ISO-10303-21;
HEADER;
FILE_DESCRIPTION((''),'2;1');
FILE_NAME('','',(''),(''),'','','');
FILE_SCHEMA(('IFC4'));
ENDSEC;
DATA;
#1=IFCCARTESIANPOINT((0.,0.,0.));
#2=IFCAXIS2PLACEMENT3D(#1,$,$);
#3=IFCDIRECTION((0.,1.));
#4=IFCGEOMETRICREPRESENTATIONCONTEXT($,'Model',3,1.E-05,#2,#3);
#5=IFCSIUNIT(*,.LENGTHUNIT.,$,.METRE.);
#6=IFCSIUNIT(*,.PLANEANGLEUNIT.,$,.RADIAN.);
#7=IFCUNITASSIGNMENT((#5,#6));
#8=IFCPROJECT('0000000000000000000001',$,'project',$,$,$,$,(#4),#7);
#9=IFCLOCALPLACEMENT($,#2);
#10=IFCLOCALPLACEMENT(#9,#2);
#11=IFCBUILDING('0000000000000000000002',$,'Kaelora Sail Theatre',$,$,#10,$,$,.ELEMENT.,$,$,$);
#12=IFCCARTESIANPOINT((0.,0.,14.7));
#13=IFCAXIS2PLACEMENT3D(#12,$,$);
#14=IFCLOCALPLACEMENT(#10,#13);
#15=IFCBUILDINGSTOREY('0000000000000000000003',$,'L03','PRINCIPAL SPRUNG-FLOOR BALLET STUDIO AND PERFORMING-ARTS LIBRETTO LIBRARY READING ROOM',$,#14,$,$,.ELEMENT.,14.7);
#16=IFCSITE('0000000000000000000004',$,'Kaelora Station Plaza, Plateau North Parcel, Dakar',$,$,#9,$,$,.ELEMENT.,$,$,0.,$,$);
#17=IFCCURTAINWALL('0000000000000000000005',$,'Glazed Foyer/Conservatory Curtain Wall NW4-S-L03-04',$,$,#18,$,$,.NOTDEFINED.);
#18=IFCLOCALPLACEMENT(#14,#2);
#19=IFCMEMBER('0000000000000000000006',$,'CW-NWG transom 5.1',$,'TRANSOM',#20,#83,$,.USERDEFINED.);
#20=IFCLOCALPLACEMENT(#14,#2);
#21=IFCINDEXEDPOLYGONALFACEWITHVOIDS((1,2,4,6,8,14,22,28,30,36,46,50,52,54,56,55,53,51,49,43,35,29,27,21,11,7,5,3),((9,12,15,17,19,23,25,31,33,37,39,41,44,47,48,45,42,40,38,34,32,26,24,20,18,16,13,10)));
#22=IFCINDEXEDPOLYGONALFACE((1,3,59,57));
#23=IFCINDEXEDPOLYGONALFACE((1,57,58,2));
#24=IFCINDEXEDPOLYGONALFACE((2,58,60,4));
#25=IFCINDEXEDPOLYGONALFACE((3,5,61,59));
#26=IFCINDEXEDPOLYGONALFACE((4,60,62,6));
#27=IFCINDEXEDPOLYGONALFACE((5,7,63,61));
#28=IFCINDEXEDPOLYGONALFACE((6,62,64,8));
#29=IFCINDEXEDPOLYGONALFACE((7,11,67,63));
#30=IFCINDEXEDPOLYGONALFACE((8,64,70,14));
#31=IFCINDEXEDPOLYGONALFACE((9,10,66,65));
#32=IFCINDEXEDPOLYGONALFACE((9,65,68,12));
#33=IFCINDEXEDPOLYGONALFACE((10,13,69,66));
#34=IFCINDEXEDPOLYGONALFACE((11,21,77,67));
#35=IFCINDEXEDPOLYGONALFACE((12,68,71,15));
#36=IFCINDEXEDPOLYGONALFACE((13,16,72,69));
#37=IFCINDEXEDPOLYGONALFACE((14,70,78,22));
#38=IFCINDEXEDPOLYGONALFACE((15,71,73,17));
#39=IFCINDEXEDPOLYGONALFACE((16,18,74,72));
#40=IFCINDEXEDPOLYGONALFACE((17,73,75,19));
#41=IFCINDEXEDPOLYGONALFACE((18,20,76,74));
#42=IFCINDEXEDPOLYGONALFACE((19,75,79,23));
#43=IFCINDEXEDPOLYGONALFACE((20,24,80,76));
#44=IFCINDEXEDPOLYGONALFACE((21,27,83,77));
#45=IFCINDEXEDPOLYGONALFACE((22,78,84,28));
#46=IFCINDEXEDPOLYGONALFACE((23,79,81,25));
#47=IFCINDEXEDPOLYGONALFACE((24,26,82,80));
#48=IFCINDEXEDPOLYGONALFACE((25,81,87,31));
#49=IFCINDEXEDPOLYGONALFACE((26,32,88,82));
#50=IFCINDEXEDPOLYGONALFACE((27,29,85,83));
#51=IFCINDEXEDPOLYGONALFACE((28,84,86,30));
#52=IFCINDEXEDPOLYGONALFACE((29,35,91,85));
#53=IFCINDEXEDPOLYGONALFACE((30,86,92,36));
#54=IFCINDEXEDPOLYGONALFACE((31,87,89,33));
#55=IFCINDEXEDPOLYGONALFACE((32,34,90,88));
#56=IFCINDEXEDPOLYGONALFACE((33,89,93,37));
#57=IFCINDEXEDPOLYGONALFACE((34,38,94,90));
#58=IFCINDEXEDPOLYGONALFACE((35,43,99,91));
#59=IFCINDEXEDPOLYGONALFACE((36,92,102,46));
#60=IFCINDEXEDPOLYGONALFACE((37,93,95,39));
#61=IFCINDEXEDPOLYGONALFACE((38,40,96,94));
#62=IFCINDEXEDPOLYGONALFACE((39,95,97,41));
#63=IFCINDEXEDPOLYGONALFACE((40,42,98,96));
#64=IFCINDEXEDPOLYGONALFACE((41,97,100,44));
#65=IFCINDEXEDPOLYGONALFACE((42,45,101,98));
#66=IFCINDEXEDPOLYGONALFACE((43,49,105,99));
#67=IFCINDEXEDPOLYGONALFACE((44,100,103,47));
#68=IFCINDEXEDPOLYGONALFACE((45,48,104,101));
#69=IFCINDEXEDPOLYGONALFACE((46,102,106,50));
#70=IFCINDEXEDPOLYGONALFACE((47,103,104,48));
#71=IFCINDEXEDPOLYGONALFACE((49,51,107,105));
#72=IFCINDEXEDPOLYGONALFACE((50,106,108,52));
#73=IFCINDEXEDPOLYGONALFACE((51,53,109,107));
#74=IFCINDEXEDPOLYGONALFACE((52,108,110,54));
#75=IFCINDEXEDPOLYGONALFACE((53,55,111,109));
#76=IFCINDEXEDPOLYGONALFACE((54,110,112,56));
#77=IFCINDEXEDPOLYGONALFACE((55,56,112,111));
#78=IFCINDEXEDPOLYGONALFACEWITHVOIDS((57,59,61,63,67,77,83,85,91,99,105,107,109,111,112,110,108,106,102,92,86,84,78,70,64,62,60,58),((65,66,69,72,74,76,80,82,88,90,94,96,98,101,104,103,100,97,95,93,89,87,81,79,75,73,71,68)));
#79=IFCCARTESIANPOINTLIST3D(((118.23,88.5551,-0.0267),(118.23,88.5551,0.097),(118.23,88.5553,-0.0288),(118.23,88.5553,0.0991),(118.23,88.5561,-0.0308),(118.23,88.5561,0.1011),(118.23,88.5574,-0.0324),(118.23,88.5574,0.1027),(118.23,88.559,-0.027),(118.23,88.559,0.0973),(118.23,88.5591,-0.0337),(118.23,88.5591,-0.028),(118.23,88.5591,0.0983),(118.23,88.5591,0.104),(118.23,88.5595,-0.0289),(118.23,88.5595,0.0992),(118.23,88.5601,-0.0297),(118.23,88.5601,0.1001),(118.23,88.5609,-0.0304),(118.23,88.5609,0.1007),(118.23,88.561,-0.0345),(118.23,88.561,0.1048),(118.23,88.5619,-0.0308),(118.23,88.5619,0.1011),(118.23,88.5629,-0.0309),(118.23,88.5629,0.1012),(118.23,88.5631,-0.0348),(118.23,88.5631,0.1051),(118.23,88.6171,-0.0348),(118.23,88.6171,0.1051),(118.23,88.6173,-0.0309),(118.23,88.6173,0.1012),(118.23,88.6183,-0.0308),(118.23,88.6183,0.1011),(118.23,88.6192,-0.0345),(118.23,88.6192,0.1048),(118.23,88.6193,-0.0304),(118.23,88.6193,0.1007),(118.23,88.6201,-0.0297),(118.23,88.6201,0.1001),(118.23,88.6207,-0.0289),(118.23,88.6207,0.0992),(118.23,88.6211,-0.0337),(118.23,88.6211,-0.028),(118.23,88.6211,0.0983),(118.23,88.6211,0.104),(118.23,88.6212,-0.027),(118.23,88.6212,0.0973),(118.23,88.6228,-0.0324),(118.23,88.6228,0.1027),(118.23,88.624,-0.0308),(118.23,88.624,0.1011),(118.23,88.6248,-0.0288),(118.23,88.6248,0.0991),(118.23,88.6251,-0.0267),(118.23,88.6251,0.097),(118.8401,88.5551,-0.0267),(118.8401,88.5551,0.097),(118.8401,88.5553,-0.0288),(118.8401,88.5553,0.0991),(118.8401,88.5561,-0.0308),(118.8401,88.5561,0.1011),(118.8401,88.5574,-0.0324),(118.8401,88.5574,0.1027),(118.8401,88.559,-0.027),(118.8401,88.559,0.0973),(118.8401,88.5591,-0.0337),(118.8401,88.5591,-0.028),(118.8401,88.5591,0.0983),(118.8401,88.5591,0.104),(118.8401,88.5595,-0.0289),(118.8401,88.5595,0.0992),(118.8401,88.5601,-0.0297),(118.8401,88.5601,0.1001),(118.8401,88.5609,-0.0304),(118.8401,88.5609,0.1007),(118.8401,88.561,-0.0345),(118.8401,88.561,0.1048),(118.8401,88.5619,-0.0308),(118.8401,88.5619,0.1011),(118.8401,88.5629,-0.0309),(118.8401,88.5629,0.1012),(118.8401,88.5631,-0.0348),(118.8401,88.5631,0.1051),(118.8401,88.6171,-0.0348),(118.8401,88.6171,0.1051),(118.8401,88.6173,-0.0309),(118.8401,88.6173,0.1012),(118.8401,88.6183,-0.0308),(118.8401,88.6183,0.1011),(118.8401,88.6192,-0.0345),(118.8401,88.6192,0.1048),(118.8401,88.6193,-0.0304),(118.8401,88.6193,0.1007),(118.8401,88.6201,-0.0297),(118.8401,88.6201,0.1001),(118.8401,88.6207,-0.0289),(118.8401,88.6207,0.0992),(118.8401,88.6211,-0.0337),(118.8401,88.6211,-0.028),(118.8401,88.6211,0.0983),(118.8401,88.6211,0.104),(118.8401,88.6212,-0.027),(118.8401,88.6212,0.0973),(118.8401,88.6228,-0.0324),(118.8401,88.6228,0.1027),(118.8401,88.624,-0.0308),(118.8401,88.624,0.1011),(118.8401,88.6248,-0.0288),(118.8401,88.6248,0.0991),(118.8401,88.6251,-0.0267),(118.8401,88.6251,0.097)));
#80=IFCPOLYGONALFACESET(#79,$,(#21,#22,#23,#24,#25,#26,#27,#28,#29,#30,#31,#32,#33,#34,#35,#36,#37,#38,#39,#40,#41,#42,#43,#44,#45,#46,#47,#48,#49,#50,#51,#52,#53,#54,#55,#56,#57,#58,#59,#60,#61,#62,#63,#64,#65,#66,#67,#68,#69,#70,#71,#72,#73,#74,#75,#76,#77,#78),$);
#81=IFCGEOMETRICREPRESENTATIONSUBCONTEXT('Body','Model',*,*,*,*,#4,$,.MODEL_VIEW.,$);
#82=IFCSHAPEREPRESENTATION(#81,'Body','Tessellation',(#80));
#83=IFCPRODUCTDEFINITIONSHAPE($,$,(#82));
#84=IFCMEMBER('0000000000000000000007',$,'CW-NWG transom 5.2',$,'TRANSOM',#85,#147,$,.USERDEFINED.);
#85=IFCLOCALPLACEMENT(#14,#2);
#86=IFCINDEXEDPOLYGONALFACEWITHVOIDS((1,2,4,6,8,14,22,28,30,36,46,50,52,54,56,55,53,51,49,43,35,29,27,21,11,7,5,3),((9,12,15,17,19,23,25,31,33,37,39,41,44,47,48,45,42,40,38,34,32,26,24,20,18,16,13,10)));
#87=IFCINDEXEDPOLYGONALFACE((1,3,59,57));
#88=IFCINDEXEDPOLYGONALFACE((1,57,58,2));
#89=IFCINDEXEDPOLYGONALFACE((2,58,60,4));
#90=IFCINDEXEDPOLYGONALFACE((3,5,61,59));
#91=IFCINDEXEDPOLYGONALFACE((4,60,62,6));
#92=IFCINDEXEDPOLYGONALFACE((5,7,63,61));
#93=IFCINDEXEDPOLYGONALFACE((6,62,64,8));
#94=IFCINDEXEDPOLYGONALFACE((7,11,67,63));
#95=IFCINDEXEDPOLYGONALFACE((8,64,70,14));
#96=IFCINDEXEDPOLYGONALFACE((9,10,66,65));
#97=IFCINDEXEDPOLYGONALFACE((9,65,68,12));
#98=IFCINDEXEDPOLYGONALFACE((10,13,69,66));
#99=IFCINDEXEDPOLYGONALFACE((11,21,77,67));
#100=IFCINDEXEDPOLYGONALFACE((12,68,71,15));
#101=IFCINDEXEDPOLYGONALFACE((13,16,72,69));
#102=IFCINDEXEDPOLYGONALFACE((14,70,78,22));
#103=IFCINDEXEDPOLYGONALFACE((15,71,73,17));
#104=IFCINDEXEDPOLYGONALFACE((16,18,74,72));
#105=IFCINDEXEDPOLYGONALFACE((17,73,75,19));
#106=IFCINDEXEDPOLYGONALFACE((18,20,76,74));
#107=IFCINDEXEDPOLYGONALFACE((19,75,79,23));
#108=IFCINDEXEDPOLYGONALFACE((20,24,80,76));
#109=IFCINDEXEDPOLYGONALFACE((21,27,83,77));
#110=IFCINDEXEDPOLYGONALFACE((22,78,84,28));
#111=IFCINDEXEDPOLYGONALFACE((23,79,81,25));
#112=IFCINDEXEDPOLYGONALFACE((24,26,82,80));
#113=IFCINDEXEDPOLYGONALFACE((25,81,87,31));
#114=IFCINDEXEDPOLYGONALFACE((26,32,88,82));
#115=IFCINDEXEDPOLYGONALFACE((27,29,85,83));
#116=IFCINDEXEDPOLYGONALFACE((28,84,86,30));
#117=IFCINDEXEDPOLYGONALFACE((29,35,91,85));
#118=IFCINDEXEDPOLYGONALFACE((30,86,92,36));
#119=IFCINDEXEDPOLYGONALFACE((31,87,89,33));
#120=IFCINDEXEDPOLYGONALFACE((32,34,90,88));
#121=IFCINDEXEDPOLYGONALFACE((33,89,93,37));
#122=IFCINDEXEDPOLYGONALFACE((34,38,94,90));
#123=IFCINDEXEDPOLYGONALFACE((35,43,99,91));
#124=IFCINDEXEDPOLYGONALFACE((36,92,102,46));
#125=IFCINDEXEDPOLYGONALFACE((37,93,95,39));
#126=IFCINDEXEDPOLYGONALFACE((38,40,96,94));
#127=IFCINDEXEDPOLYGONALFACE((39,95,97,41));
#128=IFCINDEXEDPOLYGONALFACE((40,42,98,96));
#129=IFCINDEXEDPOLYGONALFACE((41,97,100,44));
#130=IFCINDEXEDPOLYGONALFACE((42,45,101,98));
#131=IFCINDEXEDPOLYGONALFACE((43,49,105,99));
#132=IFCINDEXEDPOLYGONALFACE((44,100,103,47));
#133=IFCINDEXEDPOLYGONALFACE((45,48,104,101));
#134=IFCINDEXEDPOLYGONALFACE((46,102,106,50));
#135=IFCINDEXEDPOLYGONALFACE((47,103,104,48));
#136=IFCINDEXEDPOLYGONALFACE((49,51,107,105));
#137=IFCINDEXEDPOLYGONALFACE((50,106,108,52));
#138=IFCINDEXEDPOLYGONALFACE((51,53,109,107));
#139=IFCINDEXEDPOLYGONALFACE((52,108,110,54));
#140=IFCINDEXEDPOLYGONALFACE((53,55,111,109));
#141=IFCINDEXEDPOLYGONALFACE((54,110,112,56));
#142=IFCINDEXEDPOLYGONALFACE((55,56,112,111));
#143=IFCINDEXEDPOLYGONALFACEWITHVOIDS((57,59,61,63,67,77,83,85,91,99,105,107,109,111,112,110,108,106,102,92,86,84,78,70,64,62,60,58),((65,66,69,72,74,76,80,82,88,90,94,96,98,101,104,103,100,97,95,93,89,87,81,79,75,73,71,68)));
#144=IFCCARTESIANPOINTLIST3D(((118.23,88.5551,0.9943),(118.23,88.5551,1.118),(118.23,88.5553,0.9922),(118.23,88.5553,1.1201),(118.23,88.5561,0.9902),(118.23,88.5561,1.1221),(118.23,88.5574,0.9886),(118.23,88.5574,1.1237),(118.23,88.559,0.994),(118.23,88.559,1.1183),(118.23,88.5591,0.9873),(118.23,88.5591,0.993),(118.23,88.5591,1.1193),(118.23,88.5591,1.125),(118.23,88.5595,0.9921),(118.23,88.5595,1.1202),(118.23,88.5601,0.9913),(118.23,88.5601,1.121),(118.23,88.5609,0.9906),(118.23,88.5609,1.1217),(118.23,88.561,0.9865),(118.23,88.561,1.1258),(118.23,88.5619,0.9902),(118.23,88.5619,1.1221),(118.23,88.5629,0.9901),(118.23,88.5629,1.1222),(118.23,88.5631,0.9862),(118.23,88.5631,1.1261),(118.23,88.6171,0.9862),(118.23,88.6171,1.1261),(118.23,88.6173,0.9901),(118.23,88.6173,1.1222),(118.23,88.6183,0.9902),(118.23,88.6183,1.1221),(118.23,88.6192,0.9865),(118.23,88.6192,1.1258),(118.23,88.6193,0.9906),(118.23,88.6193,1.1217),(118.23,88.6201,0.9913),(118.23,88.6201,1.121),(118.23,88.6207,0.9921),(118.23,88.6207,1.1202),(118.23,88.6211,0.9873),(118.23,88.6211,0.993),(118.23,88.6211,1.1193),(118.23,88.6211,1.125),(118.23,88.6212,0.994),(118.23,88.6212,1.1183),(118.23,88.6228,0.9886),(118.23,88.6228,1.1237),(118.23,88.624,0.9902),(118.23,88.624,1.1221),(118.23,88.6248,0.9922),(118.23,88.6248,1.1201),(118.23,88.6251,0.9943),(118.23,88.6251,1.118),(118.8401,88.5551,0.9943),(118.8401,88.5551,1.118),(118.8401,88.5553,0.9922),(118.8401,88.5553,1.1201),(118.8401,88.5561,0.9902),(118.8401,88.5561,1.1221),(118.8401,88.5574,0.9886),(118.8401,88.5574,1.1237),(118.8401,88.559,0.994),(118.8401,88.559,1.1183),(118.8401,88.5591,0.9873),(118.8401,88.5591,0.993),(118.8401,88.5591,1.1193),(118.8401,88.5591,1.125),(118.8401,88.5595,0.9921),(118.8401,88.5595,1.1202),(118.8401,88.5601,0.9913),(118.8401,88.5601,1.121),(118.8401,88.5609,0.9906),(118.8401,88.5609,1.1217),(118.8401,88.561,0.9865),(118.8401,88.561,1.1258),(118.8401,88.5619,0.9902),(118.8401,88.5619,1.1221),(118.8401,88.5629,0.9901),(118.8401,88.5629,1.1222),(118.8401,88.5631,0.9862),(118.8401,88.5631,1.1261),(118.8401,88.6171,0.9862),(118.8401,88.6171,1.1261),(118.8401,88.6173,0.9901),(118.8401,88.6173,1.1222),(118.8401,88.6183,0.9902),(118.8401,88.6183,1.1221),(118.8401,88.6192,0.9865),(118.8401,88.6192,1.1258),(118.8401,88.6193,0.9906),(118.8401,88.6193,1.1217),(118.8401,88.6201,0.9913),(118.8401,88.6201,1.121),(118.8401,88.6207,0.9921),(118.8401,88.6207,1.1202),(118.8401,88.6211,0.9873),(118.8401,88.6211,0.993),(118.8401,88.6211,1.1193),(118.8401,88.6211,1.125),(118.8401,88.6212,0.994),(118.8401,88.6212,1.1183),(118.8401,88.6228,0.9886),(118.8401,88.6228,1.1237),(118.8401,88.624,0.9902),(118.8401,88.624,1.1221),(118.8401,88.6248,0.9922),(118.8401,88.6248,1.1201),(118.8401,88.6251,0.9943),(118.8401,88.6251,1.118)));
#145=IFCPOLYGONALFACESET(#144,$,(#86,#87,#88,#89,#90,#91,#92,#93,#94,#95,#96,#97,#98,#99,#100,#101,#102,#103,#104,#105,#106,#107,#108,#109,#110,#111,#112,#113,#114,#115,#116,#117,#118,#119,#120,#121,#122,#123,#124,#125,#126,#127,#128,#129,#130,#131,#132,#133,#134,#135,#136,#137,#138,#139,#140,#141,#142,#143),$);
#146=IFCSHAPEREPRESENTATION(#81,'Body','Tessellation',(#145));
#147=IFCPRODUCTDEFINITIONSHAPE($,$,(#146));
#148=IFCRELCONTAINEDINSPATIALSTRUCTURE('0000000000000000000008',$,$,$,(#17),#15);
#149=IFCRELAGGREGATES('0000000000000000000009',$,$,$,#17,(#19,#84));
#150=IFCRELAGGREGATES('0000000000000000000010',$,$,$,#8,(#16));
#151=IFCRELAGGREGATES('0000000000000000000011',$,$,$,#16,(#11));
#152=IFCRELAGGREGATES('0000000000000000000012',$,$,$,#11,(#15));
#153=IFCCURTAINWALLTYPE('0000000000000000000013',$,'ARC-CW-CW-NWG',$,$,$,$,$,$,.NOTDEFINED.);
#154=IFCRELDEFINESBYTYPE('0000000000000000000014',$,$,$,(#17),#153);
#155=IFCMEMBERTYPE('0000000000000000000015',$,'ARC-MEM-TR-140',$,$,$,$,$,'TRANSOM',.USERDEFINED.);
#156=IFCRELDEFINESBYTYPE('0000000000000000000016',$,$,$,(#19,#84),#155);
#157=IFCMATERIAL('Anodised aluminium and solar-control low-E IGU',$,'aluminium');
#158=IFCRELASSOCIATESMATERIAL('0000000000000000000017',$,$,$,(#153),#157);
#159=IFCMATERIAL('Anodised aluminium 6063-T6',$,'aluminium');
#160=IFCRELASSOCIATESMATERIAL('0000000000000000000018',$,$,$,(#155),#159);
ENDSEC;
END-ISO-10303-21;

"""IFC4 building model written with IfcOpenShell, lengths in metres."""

from ifc_helpers import new_model, si_unit, direction, frame, origin, origin_2d, place, context, subcontext, project, spatial, hollow_rectangle, extrude, material, material_profile, profile_set, type_object, element, aggregate, save


model = new_model("IFC4")

# Units and contexts
model_context = context("Model", 3, precision=1e-05, world=origin(), true_north=direction((0.0, 1.0)))
body_context = subcontext(model_context, "Body", "Model", "MODEL_VIEW")
ifc_project = project(units=[si_unit("LENGTHUNIT", "METRE"), si_unit("PLANEANGLEUNIT", "RADIAN")], contexts=[model_context])

# Site, building, storey
site_placement = place(None, origin())
site = spatial("IfcSite", under=ifc_project, at=site_placement, Name="Kaelora Station Plaza, Plateau North Parcel, Dakar", CompositionType="ELEMENT", RefElevation=0.0)
building_placement = place(site_placement, origin())
building = spatial("IfcBuilding", under=site, at=building_placement, Name="Kaelora Sail Theatre", CompositionType="ELEMENT")
storey_placement = place(building_placement, frame((0.0, 0.0, 14.7)))
storey = spatial("IfcBuildingStorey", under=building, at=storey_placement, Name="L03", Description="PRINCIPAL SPRUNG-FLOOR BALLET STUDIO AND PERFORMING-ARTS LIBRETTO LIBRARY READING ROOM", CompositionType="ELEMENT", Elevation=14.7)

# Curtain wall
ifc_material_1 = material(Name="Anodised aluminium and solar-control low-E IGU", Category="aluminium")
curtain_wall_type = type_object("IfcCurtainWallType", Name="ARC-CW-CW-NWG", PredefinedType="NOTDEFINED", material=ifc_material_1)
curtain_wall_1_placement = place(storey_placement, origin())
curtain_wall_1 = element("IfcCurtainWall", 1, at=curtain_wall_1_placement, inside=storey, type_object=curtain_wall_type, Name="Glazed Foyer/Conservatory Curtain Wall NW4-S-L03-04", PredefinedType="NOTDEFINED")

# Members
ifc_material_2 = material(Name="Anodised aluminium 6063-T6", Category="aluminium")
ifc_material_profile_1 = material_profile(ifc_material_2, hollow_rectangle(XDim=0.0701, YDim=0.1399, WallThickness=0.0039, InnerFilletRadius=0.0039, OuterFilletRadius=0.0081, at=origin_2d()), Name="ALU-TRAN 70x140x4")
ifc_profile_set_1 = profile_set([ifc_material_profile_1], Name="Anodised aluminium 6063-T6")
member_type_1 = type_object("IfcMemberType", Name="ARC-MEM-TR-140", ElementType="TRANSOM", PredefinedType="USERDEFINED", material=ifc_profile_set_1)
member_1_placement = place(storey_placement, frame((118.23, 88.5901, 0.0352), z_axis=(1.0, 0.0, 0.0), x_axis=(0.0, 1.0, 0.0)))
member_1 = element("IfcMember", 2, at=member_1_placement, type_object=member_type_1, Name="CW-NWG transom 5.1", ObjectType="TRANSOM", PredefinedType="USERDEFINED", context=body_context, shape_type="SweptSolid", body=[
    extrude(hollow_rectangle(XDim=0.0701, YDim=0.1399, WallThickness=0.0039, InnerFilletRadius=0.0039, OuterFilletRadius=0.0081, at=origin_2d()), origin(), (0.0, 0.0, 1.0), 0.6101),
])
member_2_placement = place(storey_placement, frame((118.23, 88.5901, 1.0562), z_axis=(1.0, 0.0, 0.0), x_axis=(0.0, 1.0, 0.0)))
member_2 = element("IfcMember", 3, at=member_2_placement, type_object=member_type_1, Name="CW-NWG transom 5.2", ObjectType="TRANSOM", PredefinedType="USERDEFINED", context=body_context, shape_type="SweptSolid", body=[
    extrude(hollow_rectangle(XDim=0.0701, YDim=0.1399, WallThickness=0.0039, InnerFilletRadius=0.0039, OuterFilletRadius=0.0081, at=origin_2d()), origin(), (0.0, 0.0, 1.0), 0.6101),
])

aggregate(curtain_wall_1, [member_1, member_2])

save(model, "model.ifc")
